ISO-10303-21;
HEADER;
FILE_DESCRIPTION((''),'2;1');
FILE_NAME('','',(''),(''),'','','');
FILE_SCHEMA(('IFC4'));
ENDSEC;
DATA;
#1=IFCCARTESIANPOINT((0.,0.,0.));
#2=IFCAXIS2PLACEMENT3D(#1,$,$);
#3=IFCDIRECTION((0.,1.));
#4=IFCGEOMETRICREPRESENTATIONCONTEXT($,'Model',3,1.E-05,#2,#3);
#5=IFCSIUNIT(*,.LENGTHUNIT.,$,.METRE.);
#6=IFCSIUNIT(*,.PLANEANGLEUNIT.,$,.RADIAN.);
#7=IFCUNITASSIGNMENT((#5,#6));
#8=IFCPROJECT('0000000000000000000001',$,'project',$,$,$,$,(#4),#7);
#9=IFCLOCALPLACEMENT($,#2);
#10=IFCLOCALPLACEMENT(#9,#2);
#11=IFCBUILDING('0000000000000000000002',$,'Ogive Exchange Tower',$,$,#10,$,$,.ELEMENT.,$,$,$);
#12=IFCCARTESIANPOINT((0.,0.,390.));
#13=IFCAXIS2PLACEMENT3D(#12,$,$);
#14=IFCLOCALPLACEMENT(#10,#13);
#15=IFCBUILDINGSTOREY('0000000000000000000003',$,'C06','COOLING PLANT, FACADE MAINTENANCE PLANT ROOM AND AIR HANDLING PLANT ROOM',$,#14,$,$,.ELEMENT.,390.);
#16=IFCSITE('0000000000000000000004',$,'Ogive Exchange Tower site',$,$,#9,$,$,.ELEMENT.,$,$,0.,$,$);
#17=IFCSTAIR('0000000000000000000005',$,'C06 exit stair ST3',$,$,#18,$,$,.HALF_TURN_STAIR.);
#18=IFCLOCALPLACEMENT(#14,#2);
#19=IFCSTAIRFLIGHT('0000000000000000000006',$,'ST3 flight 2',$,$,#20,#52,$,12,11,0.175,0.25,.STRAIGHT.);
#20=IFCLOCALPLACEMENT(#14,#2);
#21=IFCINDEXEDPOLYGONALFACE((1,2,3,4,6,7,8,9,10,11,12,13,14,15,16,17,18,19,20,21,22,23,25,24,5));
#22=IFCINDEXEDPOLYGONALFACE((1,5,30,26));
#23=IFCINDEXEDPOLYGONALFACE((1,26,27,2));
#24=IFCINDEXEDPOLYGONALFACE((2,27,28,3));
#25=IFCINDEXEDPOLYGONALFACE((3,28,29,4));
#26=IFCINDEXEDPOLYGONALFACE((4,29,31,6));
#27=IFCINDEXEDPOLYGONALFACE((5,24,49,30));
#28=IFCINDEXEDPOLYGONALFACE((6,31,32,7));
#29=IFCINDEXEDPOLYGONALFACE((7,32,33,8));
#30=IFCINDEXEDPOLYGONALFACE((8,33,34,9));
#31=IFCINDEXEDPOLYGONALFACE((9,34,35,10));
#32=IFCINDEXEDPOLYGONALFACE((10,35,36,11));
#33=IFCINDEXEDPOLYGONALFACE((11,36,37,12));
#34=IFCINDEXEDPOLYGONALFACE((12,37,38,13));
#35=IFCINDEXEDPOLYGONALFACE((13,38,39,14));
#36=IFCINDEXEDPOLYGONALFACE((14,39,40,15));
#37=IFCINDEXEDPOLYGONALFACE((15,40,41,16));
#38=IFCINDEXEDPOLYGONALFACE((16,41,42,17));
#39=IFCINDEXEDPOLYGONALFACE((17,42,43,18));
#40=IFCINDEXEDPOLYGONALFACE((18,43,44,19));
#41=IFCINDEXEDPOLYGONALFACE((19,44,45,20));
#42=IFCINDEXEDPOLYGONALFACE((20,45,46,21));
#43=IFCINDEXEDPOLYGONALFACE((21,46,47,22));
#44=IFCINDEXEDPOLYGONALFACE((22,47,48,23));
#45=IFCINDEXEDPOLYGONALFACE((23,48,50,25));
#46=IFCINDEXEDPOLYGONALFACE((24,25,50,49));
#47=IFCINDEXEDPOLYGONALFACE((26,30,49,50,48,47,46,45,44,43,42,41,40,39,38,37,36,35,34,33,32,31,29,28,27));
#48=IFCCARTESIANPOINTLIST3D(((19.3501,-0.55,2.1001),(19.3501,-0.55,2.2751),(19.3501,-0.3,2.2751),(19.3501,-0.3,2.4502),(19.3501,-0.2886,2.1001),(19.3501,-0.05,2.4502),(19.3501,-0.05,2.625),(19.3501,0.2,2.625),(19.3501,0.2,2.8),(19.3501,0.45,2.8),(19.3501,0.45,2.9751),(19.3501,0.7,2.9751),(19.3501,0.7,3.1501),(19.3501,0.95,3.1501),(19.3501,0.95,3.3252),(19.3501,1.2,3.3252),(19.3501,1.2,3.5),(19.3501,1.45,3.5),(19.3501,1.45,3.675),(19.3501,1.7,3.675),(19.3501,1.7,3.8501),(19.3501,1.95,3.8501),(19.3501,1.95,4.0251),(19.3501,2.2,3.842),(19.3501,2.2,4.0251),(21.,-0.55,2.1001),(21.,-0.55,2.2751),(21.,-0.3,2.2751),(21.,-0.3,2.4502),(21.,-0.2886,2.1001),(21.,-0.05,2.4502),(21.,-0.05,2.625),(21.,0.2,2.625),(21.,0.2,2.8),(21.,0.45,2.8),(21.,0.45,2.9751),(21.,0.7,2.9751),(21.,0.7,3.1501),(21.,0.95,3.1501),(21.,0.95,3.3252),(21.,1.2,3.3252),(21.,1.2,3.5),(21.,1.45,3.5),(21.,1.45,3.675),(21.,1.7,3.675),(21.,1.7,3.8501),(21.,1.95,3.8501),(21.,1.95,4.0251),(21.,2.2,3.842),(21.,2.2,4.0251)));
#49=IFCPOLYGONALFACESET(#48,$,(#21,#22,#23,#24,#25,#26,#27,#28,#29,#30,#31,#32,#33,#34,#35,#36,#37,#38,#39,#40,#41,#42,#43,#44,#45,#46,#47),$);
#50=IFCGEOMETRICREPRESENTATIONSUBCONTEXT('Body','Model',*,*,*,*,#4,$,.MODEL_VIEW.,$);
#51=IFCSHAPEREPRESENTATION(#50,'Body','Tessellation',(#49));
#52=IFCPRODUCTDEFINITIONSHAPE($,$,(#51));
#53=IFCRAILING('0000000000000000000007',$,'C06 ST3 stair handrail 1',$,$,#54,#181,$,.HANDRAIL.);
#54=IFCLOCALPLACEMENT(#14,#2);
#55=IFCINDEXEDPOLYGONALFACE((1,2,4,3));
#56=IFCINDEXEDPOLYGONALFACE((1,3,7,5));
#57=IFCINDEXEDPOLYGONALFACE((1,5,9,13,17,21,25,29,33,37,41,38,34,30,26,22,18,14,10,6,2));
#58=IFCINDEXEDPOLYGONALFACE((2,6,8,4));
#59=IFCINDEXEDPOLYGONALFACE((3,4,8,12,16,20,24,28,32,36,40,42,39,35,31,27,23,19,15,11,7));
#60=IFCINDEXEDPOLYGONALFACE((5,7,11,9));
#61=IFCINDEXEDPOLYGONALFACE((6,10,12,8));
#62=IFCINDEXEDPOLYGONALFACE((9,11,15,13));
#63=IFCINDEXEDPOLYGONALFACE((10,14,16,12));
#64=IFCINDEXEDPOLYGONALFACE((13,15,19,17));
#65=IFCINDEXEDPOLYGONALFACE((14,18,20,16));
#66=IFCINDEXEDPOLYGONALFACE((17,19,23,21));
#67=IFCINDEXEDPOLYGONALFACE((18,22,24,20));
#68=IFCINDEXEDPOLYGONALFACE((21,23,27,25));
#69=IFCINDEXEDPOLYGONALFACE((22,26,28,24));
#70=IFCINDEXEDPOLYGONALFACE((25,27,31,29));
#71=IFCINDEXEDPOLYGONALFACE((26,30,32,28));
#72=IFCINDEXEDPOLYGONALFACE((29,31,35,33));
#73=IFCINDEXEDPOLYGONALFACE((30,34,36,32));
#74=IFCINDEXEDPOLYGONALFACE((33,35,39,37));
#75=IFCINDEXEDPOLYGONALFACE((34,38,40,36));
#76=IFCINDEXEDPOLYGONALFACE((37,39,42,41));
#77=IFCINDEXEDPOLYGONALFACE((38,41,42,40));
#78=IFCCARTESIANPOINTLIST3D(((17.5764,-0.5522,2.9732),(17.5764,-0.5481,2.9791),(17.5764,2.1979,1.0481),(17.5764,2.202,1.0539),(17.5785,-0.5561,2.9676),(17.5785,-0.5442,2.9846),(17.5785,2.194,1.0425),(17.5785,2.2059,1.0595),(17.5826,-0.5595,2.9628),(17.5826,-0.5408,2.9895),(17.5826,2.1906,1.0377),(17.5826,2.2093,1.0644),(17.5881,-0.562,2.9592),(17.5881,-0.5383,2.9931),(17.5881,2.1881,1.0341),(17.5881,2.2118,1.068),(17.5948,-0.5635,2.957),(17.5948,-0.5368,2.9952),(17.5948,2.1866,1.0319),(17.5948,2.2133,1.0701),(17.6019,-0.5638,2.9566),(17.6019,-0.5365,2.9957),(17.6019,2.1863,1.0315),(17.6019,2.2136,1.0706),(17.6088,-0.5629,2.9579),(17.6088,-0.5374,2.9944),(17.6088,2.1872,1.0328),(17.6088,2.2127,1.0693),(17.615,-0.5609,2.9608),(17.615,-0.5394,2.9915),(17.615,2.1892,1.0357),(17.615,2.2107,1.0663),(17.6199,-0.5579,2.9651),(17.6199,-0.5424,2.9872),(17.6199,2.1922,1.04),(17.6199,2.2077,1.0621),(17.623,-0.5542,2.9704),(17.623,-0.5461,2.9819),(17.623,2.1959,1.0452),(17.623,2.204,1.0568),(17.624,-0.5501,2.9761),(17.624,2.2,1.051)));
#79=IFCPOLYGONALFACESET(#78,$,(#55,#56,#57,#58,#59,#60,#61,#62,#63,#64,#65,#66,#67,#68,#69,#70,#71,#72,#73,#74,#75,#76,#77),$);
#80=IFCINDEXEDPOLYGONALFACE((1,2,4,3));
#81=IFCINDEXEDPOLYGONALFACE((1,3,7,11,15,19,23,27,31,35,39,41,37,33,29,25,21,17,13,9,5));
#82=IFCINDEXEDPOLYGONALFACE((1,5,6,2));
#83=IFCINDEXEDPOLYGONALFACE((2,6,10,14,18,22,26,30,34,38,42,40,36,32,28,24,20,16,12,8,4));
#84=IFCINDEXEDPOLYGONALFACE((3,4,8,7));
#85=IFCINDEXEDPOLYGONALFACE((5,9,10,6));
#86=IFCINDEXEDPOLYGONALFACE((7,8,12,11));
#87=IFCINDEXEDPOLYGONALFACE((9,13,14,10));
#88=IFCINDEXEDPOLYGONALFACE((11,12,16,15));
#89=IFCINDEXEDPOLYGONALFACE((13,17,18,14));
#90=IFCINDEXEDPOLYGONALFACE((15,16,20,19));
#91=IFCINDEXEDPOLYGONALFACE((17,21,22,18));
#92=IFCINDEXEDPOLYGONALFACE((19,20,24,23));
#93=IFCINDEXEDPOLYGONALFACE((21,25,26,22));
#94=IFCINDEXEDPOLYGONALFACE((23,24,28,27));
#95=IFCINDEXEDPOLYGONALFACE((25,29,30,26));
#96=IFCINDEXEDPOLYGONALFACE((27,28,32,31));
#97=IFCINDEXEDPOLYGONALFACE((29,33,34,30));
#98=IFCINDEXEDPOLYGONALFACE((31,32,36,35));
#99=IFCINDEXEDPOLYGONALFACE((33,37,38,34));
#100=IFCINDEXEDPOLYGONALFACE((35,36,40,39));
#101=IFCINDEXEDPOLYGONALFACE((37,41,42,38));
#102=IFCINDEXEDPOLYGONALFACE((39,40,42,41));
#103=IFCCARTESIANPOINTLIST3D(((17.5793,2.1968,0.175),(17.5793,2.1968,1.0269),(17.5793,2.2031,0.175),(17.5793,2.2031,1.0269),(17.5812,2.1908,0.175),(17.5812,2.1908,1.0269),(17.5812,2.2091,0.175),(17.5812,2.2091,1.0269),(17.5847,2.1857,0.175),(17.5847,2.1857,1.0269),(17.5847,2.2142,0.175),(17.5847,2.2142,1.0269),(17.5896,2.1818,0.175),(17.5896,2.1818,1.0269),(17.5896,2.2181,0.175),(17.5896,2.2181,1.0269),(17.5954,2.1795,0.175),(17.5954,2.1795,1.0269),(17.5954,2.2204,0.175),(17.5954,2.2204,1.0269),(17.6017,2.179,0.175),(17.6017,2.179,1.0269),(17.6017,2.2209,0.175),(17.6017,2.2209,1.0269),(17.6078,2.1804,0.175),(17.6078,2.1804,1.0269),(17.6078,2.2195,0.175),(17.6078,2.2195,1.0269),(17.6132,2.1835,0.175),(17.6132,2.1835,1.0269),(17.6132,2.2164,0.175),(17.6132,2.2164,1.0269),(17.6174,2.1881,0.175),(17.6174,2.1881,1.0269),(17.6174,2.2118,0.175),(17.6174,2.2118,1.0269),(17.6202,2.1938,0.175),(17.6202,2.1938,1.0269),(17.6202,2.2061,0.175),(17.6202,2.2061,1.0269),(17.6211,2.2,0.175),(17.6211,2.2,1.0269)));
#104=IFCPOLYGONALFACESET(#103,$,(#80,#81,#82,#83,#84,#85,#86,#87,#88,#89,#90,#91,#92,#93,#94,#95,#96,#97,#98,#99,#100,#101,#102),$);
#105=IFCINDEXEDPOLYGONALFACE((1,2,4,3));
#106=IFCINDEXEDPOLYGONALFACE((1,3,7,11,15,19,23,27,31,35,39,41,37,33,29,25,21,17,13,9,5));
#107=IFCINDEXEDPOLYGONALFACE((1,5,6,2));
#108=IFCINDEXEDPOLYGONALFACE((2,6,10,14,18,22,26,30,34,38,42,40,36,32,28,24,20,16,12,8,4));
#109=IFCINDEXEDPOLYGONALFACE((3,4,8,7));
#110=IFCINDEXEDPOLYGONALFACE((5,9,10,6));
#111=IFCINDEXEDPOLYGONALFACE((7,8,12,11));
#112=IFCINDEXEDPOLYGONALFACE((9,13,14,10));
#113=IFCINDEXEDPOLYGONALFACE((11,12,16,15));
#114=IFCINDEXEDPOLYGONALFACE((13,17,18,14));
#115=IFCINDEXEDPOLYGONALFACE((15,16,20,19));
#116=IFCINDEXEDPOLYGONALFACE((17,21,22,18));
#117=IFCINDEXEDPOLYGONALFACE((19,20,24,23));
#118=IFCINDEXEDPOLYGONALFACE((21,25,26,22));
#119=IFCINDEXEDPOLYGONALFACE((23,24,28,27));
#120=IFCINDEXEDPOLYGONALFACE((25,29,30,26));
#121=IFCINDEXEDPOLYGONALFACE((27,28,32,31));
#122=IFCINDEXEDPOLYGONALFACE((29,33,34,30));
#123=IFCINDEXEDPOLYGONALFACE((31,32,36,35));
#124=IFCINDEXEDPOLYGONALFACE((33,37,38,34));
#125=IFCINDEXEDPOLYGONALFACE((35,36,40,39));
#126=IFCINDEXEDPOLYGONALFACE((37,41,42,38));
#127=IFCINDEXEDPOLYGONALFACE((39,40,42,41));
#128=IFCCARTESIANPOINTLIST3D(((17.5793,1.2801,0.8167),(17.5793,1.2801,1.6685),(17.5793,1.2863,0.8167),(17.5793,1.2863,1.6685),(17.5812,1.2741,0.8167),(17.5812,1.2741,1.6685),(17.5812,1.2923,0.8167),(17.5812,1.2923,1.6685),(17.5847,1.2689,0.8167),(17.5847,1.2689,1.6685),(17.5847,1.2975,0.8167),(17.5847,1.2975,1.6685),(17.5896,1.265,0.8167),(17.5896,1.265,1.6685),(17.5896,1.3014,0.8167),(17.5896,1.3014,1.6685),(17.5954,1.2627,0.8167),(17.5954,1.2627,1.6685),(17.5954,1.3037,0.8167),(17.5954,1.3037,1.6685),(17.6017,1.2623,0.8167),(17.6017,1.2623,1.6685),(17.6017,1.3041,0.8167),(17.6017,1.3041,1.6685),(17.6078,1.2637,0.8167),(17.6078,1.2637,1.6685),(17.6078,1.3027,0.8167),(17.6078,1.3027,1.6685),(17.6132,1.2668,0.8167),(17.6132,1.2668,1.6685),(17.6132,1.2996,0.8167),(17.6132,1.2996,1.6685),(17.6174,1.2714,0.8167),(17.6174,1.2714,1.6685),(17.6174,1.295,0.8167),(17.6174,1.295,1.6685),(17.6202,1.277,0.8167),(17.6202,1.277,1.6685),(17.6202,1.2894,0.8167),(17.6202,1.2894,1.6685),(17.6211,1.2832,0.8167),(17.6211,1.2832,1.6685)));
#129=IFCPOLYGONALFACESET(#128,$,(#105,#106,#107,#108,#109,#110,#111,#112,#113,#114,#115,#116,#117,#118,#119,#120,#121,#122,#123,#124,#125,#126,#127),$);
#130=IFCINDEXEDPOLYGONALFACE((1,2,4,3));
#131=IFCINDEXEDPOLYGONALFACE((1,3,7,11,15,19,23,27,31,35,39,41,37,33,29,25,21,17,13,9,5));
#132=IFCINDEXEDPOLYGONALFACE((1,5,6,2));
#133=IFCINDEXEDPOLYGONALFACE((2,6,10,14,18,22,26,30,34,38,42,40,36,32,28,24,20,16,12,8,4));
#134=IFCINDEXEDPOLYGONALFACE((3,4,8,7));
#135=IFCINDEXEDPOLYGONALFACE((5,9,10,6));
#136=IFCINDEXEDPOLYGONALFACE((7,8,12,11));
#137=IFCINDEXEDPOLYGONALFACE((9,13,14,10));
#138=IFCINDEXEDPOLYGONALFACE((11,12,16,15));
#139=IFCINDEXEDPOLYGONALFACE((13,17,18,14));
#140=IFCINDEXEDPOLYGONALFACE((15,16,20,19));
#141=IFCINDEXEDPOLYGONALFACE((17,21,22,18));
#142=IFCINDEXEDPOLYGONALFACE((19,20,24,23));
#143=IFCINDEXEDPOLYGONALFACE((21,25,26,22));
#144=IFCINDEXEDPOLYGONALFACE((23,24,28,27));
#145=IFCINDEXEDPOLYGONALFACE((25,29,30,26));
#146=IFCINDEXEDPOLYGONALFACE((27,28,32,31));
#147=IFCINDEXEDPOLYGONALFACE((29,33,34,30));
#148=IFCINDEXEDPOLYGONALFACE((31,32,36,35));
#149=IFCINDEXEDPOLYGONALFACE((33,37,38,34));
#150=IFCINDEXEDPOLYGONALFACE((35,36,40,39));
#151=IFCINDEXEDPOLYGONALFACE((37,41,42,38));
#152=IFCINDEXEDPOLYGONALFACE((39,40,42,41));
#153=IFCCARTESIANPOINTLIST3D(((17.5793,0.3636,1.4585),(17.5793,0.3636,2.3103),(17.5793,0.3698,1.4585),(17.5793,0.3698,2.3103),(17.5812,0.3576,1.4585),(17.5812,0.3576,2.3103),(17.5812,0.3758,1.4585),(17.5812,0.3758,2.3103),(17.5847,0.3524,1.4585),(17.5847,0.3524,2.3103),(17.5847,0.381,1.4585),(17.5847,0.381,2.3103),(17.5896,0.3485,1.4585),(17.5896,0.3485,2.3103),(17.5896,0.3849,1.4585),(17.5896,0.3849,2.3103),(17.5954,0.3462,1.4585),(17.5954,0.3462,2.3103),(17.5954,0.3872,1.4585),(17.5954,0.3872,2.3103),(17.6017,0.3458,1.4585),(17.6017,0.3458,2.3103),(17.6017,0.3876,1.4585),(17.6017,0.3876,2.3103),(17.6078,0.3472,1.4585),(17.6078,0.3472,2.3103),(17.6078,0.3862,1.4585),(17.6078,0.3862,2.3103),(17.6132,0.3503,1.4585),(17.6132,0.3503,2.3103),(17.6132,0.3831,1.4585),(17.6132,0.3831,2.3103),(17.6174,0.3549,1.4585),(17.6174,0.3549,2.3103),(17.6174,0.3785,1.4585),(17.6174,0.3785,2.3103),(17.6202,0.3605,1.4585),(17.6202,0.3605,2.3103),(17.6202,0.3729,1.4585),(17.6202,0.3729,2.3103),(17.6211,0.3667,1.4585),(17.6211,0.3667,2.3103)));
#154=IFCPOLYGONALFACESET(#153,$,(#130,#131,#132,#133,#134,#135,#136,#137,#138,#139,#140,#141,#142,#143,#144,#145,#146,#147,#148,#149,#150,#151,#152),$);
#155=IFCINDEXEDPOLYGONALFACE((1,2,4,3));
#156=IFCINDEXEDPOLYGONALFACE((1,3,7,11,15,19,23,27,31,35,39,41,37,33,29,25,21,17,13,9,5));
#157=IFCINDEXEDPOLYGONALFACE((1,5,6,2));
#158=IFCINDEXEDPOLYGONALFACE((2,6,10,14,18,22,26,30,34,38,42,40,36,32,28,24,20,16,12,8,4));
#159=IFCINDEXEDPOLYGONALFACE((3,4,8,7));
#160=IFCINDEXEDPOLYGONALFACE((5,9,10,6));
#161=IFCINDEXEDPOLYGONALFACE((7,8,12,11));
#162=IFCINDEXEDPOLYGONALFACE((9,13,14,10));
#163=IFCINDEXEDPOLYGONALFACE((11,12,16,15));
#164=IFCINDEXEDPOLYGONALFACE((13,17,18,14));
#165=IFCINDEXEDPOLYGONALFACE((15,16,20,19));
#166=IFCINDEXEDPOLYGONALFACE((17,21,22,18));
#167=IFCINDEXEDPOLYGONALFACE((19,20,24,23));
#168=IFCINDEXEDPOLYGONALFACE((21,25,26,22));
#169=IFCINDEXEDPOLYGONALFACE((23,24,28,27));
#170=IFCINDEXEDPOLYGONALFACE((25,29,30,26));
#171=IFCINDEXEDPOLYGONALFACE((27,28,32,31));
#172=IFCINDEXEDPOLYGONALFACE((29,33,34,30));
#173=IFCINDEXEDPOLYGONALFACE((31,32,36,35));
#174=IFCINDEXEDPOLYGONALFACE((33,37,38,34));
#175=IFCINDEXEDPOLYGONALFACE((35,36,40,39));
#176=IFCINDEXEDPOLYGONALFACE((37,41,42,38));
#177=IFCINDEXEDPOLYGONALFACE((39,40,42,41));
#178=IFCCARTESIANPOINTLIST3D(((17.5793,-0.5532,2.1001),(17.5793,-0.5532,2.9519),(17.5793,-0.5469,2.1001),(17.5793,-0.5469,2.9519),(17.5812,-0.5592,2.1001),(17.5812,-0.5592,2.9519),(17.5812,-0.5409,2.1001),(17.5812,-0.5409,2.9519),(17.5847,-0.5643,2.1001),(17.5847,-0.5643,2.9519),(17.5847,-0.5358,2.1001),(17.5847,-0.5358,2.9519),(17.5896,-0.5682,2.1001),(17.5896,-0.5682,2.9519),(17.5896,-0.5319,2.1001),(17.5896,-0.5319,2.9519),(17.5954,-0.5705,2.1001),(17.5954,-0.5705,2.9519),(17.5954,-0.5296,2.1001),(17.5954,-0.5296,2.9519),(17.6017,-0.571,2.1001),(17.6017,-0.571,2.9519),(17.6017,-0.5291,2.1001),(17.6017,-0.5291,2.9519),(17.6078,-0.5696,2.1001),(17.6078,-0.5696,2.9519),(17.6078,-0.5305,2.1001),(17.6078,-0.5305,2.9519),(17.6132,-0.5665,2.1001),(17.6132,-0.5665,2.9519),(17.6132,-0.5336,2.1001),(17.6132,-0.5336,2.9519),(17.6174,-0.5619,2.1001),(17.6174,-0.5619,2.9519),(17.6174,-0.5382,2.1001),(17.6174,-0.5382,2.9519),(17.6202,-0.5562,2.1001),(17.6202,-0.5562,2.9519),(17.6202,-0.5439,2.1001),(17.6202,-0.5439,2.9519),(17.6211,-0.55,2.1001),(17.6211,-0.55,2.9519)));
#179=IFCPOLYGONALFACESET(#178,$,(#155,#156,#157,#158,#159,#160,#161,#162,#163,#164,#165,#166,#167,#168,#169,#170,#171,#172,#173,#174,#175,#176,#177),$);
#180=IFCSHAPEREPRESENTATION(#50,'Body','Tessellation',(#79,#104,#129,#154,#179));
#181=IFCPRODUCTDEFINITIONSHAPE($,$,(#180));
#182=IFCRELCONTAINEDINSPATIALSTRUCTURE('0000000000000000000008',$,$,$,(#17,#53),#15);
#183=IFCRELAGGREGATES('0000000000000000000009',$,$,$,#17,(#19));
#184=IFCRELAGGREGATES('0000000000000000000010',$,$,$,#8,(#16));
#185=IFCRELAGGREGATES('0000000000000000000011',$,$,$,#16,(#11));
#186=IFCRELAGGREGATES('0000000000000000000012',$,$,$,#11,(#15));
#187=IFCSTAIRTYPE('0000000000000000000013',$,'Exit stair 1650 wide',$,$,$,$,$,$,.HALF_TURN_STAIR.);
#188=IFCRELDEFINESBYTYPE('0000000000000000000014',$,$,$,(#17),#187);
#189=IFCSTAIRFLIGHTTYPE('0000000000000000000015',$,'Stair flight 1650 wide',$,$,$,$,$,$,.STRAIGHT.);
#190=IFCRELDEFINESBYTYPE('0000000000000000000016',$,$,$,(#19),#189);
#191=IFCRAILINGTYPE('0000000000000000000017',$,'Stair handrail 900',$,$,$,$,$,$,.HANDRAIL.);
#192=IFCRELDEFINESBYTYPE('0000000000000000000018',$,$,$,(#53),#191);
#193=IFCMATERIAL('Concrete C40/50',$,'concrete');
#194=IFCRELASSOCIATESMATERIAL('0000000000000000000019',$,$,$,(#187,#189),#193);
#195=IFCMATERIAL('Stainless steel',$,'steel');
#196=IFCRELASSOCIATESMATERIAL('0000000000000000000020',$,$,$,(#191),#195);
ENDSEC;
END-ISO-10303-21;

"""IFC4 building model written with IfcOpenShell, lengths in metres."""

from ifc_helpers import new_model, si_unit, direction, frame, origin, origin_2d, place, context, subcontext, project, spatial, polyline, circle, outline, extrude, material, type_object, element, aggregate, save


model = new_model("IFC4")

# Units and contexts
model_context = context("Model", 3, precision=1e-05, world=origin(), true_north=direction((0.0, 1.0)))
body_context = subcontext(model_context, "Body", "Model", "MODEL_VIEW")
ifc_project = project(units=[si_unit("LENGTHUNIT", "METRE"), si_unit("PLANEANGLEUNIT", "RADIAN")], contexts=[model_context])

# Site, building, storey
site_placement = place(None, origin())
site = spatial("IfcSite", under=ifc_project, at=site_placement, Name="Ogive Exchange Tower site", CompositionType="ELEMENT", RefElevation=0.0)
building_placement = place(site_placement, origin())
building = spatial("IfcBuilding", under=site, at=building_placement, Name="Ogive Exchange Tower", CompositionType="ELEMENT")
storey_placement = place(building_placement, frame((0.0, 0.0, 390.0)))
storey = spatial("IfcBuildingStorey", under=building, at=storey_placement, Name="C06", Description="COOLING PLANT, FACADE MAINTENANCE PLANT ROOM AND AIR HANDLING PLANT ROOM", CompositionType="ELEMENT", Elevation=390.0)

# Shared definitions
ifc_material_1 = material(Name="Stainless steel", Category="steel")

# Stair, stair flight
ifc_material_2 = material(Name="Concrete C40/50", Category="concrete")
stair_type = type_object("IfcStairType", Name="Exit stair 1650 wide", PredefinedType="HALF_TURN_STAIR", material=ifc_material_2)
stair_placement = place(storey_placement, origin())
stair = element("IfcStair", 1, at=stair_placement, inside=storey, type_object=stair_type, Name="C06 exit stair ST3", PredefinedType="HALF_TURN_STAIR")
stair_flight_type = type_object("IfcStairFlightType", Name="Stair flight 1650 wide", PredefinedType="STRAIGHT", material=ifc_material_2)
stair_flight_1_placement = place(storey_placement, frame((20.175, -0.55, 2.1001), z_axis=(0.0, 0.0, 1.0), x_axis=(0.0, 1.0, 0.0)))
stair_flight_1 = element("IfcStairFlight", 2, at=stair_flight_1_placement, type_object=stair_flight_type, Name="ST3 flight 2", NumberOfRisers=12, NumberOfTreads=11, PredefinedType="STRAIGHT", RiserHeight=0.175, TreadLength=0.25, context=body_context, shape_type="SweptSolid", body=[
    extrude(outline(polyline([(0.0, 0.0), (0.0, 0.175), (0.25, 0.175), (0.25, 0.3501), (0.5, 0.3501), (0.5, 0.5249), (0.75, 0.5249), (0.75, 0.7), (1.0, 0.7), (1.0, 0.875), (1.25, 0.875), (1.25, 1.05), (1.5, 1.05), (1.5, 1.2251), (1.75, 1.2251), (1.75, 1.3999), (2.0, 1.3999), (2.0, 1.575), (2.25, 1.575), (2.25, 1.75), (2.5, 1.75), (2.5, 1.925), (2.75, 1.925), (2.75, 2.1001), (2.75, 1.7419), (0.2615, 0.0), (0.0, 0.0)])), frame((0.0, 0.825, 0.0), z_axis=(0.0, -1.0, 0.0), x_axis=(1.0, 0.0, 0.0)), (0.0, 0.0, 1.0), 1.6499),
])
aggregate(stair, [stair_flight_1])

# Railing
railing_type = type_object("IfcRailingType", Name="Stair handrail 900", PredefinedType="HANDRAIL", material=ifc_material_1)
railing_1_placement = place(storey_placement, frame((17.6001, 2.2, 0.175)))
element("IfcRailing", 3, at=railing_1_placement, inside=storey, type_object=railing_type, Name="C06 ST3 stair handrail 1", PredefinedType="HANDRAIL", context=body_context, shape_type="SweptSolid", body=[
    extrude(circle(Radius=0.0239, at=origin_2d()), frame((0.0, 0.0, 0.876), z_axis=(0.0, -0.819225, 0.573472), x_axis=(1.0, 0.0, 0.0)), (0.0, 0.0, 1.0), 3.3569),
    extrude(circle(Radius=0.021, at=origin_2d()), origin(), (0.0, 0.0, 1.0), 0.8518),
    extrude(circle(Radius=0.021, at=origin_2d()), frame((0.0, -0.9167, 0.6416)), (0.0, 0.0, 1.0), 0.8518),
    extrude(circle(Radius=0.021, at=origin_2d()), frame((0.0, -1.8333, 1.2834)), (0.0, 0.0, 1.0), 0.8518),
    extrude(circle(Radius=0.021, at=origin_2d()), frame((0.0, -2.75, 1.925)), (0.0, 0.0, 1.0), 0.8518),
])

save(model, "model.ifc")
